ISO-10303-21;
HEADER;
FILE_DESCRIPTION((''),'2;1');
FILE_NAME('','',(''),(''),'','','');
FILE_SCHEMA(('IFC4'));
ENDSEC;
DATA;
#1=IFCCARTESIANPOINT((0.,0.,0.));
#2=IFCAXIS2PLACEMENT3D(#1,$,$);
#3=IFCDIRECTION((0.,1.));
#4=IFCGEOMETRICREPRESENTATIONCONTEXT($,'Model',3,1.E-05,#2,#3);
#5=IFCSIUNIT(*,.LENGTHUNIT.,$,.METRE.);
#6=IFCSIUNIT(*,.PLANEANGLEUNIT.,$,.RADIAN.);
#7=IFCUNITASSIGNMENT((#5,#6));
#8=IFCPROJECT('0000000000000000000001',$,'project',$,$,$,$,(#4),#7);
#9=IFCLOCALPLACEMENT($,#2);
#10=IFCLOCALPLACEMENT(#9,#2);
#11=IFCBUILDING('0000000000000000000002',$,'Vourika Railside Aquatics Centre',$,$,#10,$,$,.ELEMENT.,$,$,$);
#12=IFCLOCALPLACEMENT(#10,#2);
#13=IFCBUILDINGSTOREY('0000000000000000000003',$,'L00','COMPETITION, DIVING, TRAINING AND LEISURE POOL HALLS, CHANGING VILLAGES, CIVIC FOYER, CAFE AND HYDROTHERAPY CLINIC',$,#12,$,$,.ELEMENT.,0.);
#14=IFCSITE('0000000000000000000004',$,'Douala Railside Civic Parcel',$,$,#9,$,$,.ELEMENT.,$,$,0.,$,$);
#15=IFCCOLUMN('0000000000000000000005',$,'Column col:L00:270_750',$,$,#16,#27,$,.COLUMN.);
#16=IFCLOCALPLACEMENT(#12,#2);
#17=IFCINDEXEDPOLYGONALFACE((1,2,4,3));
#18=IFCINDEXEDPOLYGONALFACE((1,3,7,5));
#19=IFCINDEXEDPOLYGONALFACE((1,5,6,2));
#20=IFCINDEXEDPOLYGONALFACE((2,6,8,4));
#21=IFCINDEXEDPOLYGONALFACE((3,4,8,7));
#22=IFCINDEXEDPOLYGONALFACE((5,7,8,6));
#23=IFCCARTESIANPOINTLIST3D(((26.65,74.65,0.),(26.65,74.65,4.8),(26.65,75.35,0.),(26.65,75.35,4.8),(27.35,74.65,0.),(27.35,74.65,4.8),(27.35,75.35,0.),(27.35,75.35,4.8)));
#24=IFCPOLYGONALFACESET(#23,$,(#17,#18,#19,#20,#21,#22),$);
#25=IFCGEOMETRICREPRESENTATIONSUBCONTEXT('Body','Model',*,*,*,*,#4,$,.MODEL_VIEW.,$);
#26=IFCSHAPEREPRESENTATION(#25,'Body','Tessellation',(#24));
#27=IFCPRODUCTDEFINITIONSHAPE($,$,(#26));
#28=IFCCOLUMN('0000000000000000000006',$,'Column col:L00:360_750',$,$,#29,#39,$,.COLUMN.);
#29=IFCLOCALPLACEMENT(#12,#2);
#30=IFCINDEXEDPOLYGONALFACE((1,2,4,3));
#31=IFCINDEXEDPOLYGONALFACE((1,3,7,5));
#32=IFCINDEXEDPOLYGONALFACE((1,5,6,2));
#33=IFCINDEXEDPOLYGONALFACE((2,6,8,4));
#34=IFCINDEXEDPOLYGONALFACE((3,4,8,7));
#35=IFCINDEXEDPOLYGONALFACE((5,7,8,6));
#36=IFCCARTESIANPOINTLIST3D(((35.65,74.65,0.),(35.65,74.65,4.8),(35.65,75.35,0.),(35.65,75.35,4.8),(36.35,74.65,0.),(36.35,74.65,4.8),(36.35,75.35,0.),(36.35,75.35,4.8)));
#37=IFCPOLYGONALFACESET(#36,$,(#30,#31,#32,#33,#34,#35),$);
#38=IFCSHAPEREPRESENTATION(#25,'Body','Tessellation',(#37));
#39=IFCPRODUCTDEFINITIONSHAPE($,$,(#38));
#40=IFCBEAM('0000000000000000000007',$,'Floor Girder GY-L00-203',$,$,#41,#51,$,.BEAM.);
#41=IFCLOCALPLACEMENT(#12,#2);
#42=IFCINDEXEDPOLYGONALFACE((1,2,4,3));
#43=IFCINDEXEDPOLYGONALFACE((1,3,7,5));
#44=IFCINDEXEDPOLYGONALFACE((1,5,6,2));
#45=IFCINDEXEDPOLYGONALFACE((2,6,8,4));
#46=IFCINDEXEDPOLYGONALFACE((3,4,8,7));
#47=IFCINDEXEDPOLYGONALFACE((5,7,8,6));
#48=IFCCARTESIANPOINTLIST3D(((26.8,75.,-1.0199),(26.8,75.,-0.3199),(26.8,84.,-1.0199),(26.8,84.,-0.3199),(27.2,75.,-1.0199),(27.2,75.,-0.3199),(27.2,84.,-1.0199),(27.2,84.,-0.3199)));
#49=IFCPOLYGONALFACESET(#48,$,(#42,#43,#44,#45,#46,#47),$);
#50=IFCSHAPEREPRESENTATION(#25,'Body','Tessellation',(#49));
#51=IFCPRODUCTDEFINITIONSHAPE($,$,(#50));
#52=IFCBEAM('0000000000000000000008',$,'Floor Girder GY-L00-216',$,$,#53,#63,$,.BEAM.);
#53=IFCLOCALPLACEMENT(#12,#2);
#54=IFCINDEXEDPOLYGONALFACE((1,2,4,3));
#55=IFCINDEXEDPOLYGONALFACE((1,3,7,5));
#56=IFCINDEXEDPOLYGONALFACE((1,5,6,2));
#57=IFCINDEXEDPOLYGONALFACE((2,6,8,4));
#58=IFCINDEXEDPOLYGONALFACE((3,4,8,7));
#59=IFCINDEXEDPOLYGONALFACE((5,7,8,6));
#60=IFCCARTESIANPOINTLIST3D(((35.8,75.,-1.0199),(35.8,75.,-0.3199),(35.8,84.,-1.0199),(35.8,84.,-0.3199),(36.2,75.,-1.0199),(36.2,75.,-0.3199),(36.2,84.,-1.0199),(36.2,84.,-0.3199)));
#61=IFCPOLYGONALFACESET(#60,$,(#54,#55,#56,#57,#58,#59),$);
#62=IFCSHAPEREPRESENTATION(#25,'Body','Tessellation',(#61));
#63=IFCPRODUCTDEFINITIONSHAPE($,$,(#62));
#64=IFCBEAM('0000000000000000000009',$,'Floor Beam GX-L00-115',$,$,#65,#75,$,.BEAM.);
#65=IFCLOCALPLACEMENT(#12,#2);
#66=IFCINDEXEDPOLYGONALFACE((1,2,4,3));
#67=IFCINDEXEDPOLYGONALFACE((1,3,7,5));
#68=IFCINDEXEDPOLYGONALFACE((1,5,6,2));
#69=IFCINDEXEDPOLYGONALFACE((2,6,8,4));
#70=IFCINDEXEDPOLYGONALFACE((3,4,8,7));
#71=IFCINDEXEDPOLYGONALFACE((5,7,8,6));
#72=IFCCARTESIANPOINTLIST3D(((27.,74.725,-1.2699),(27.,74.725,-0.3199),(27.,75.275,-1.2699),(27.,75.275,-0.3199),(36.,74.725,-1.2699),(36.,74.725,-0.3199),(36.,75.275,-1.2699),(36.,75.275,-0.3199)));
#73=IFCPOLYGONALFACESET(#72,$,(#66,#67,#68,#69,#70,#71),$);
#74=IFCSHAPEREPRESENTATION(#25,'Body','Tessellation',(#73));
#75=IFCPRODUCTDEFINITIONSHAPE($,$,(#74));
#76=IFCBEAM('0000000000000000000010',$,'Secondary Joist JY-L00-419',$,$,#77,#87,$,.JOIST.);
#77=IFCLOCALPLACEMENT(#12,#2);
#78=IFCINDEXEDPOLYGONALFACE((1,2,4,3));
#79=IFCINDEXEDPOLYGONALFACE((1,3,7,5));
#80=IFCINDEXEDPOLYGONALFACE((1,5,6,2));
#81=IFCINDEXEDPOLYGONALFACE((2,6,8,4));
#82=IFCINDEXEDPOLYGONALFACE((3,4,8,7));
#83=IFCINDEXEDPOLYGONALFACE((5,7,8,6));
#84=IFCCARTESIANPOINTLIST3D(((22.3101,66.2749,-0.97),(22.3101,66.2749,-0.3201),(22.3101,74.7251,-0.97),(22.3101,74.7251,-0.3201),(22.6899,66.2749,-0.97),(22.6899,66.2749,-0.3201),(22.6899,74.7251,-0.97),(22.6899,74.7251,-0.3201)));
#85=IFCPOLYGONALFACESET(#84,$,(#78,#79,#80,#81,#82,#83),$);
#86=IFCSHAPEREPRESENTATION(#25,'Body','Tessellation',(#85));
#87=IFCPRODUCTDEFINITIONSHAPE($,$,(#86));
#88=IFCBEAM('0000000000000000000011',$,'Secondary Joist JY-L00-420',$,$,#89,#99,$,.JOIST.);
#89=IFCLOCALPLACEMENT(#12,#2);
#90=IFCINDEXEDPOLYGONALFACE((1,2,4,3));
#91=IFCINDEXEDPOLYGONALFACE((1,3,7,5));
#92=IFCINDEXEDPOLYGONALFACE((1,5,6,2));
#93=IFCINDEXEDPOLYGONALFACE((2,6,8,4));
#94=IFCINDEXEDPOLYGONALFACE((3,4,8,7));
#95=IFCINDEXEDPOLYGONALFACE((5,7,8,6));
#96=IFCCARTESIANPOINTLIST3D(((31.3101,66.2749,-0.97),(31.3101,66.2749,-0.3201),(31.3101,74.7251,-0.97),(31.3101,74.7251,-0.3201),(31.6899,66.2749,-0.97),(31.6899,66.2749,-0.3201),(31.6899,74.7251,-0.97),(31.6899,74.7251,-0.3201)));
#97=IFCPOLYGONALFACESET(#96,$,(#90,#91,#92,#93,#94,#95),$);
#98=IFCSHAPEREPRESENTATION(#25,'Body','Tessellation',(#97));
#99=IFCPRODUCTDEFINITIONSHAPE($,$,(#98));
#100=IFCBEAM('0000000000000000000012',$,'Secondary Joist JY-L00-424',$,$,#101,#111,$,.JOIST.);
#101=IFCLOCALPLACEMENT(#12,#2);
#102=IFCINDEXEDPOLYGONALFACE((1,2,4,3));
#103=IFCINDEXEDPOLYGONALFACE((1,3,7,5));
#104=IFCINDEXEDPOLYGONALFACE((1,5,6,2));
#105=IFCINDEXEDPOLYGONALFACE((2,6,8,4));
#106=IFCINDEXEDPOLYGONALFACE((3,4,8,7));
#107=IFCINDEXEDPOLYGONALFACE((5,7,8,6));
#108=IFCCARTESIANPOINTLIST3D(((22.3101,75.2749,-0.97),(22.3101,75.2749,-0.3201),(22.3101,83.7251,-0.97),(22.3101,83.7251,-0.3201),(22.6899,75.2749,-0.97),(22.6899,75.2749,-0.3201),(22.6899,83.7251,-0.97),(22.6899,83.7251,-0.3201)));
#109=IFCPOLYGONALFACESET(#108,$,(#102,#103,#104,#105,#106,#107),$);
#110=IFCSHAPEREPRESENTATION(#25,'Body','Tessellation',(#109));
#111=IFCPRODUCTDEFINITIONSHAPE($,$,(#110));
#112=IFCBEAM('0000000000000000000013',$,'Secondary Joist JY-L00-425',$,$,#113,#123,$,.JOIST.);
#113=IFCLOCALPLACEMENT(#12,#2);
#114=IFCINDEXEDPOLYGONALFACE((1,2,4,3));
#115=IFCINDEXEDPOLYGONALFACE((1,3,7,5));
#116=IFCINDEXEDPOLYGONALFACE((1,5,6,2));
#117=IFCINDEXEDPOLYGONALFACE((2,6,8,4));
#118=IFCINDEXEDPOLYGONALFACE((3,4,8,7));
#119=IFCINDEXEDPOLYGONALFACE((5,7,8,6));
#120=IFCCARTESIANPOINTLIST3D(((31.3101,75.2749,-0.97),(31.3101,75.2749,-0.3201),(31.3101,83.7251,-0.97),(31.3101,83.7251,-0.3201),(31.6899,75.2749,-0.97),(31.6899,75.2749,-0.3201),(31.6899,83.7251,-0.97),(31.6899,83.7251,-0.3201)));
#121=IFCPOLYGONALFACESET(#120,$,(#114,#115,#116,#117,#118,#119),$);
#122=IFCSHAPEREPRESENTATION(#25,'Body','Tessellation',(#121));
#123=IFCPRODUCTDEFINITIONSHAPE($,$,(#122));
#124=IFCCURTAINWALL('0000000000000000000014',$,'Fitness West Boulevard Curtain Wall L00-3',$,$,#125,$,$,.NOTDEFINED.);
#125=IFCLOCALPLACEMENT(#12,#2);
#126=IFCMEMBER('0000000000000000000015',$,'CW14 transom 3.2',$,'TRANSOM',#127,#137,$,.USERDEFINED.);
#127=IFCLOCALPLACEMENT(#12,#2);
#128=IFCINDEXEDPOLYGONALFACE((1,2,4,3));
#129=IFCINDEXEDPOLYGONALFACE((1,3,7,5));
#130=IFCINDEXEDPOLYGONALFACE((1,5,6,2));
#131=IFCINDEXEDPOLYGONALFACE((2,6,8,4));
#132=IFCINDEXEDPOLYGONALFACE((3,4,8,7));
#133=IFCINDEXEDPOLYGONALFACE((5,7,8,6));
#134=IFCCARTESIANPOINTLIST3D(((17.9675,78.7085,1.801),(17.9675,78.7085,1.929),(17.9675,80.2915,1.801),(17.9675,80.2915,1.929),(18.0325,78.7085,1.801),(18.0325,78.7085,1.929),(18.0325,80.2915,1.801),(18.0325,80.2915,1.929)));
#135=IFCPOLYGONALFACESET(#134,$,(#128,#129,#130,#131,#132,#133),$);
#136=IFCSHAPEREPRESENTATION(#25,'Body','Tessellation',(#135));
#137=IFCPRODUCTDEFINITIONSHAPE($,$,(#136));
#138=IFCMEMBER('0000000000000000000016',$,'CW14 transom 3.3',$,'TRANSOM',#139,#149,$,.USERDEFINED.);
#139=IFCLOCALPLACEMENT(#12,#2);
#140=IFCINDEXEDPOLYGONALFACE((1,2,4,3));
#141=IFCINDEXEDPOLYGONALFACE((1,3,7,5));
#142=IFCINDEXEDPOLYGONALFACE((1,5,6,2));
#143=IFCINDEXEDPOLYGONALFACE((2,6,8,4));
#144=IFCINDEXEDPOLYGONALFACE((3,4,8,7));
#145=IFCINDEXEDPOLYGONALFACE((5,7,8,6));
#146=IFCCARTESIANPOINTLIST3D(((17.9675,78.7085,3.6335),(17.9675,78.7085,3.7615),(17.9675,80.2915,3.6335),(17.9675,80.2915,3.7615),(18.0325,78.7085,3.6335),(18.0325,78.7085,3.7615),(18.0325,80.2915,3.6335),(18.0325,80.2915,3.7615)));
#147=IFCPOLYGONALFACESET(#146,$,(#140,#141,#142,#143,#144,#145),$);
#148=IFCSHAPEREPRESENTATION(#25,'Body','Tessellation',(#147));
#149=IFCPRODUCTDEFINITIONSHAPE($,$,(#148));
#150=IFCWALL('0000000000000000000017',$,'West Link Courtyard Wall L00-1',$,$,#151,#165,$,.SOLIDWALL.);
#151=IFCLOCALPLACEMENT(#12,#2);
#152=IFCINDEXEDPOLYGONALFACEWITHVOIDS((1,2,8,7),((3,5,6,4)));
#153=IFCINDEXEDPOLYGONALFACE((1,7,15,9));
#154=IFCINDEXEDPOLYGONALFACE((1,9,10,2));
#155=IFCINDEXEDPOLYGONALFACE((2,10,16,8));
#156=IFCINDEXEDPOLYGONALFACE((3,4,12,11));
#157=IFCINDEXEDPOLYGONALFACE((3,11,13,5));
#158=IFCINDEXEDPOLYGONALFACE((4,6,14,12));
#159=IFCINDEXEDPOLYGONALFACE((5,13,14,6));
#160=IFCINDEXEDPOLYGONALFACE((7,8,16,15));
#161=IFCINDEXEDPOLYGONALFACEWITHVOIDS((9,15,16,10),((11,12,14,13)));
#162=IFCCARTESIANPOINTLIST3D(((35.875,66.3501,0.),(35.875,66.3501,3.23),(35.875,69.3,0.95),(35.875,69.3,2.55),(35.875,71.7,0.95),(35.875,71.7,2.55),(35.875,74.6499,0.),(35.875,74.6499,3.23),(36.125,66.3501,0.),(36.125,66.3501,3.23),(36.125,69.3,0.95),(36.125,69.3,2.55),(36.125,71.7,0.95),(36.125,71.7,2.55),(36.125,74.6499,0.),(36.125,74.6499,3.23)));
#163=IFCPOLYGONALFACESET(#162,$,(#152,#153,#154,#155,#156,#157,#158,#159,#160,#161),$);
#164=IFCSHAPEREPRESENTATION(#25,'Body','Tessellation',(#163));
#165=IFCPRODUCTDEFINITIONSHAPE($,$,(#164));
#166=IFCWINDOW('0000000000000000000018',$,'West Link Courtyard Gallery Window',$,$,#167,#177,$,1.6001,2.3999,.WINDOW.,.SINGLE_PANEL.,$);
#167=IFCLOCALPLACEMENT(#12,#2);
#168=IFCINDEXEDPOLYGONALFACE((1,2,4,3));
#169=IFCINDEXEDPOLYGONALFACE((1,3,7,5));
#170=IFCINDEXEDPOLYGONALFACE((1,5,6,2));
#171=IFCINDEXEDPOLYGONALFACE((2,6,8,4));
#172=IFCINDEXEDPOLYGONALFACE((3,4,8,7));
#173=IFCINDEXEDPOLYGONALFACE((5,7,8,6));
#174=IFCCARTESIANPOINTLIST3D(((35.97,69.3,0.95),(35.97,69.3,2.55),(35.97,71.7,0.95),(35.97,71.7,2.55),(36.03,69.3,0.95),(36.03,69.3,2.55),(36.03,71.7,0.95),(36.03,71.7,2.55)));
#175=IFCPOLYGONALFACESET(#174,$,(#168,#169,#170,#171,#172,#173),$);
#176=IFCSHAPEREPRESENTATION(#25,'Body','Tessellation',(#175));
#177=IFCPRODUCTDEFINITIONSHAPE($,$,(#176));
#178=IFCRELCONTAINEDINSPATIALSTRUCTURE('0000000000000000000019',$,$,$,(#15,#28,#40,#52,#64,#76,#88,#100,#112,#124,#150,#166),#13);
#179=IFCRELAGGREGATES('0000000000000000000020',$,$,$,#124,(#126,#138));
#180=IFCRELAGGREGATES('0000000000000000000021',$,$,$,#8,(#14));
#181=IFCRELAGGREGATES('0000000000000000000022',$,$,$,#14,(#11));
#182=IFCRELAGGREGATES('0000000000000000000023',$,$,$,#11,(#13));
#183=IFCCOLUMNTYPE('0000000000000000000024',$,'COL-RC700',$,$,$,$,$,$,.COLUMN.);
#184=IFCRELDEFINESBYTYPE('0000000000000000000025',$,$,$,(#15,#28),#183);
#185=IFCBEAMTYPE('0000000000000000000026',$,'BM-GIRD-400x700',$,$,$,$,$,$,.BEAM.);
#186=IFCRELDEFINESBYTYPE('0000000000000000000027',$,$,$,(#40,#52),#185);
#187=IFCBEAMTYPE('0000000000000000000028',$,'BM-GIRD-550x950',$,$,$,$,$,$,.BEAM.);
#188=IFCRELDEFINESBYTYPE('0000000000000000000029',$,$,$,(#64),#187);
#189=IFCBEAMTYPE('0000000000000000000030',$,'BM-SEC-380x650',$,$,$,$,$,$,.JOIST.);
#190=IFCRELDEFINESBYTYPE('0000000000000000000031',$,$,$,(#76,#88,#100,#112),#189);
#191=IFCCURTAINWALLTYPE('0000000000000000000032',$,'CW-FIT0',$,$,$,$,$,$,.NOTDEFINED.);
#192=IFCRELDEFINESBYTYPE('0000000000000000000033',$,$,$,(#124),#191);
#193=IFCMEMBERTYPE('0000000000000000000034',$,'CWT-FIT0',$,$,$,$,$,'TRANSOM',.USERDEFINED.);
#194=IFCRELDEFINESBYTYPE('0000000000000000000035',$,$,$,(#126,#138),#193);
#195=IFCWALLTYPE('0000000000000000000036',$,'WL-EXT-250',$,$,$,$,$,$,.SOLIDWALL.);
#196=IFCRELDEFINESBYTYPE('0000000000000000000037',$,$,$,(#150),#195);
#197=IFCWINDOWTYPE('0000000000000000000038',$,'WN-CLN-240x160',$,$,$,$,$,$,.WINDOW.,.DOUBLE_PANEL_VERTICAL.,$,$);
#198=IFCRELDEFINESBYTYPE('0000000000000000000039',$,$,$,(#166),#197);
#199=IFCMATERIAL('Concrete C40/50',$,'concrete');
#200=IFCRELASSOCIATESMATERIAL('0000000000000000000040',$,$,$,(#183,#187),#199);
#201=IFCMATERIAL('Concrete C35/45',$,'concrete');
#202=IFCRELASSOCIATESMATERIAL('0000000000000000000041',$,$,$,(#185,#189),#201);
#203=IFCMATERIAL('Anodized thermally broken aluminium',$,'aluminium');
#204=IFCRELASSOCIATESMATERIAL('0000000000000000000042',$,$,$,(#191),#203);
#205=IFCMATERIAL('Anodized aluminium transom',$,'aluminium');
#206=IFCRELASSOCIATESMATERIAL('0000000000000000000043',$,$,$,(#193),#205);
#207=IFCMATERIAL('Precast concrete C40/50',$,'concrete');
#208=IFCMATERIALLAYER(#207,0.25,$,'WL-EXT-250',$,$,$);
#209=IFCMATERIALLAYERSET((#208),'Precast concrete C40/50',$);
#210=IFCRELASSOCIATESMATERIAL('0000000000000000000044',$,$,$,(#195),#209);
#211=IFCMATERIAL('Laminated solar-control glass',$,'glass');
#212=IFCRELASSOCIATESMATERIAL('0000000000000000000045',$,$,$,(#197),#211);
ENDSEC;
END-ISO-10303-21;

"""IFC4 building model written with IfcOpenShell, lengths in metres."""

from ifc_helpers import new_model, si_unit, direction, frame, frame_2d, origin, origin_2d, place, context, subcontext, project, spatial, rectangle, extrude, material, layer, layer_set, material_profile, profile_set, type_object, element, fill, aggregate, save


model = new_model("IFC4")

# Units and contexts
model_context = context("Model", 3, precision=1e-05, world=origin(), true_north=direction((0.0, 1.0)))
body_context = subcontext(model_context, "Body", "Model", "MODEL_VIEW")
ifc_project = project(units=[si_unit("LENGTHUNIT", "METRE"), si_unit("PLANEANGLEUNIT", "RADIAN")], contexts=[model_context])

# Site, building, storey
site_placement = place(None, origin())
site = spatial("IfcSite", under=ifc_project, at=site_placement, Name="Douala Railside Civic Parcel", CompositionType="ELEMENT", RefElevation=0.0)
building_placement = place(site_placement, origin())
building = spatial("IfcBuilding", under=site, at=building_placement, Name="Vourika Railside Aquatics Centre", CompositionType="ELEMENT")
storey_placement = place(building_placement, origin())
storey = spatial("IfcBuildingStorey", under=building, at=storey_placement, Name="L00", Description="COMPETITION, DIVING, TRAINING AND LEISURE POOL HALLS, CHANGING VILLAGES, CIVIC FOYER, CAFE AND HYDROTHERAPY CLINIC", CompositionType="ELEMENT", Elevation=0.0)

# Columns
ifc_material_1 = material(Name="Concrete C40/50", Category="concrete")
ifc_material_profile_1 = material_profile(ifc_material_1, rectangle(XDim=0.7, YDim=0.7, at=origin_2d()), Name="RC 700x700")
ifc_profile_set_1 = profile_set([ifc_material_profile_1], Name="Concrete C40/50")
column_type = type_object("IfcColumnType", Name="COL-RC700", PredefinedType="COLUMN", material=ifc_profile_set_1)
for number, where, z_axis, x_axis, name in (
    (1, (27.0, 75.0, 0.0), (0.0, 0.0, 1.0), (1.0, 0.0, 0.0), "Column col:L00:270_750"),
    (2, (36.0, 75.0, 0.0), (0.0, 0.0, 1.0), (1.0, 0.0, 0.0), "Column col:L00:360_750"),
):
    element("IfcColumn", number, at=place(storey_placement, frame(where, z_axis=z_axis, x_axis=x_axis)), inside=storey, type_object=column_type, Name=name, PredefinedType="COLUMN", context=body_context, shape_type="SweptSolid", body=[
        extrude(rectangle(XDim=0.7, YDim=0.7, at=origin_2d()), origin(), (0.0, 0.0, 1.0), 4.8),
    ])

# Beams
ifc_material_2 = material(Name="Concrete C35/45", Category="concrete")
ifc_material_profile_2 = material_profile(ifc_material_2, rectangle(XDim=0.3999, YDim=0.7, at=origin_2d()), Name="RC 400x700")
ifc_profile_set_2 = profile_set([ifc_material_profile_2], Name="Concrete C35/45")
beam_type_1 = type_object("IfcBeamType", Name="BM-GIRD-400x700", PredefinedType="BEAM", material=ifc_profile_set_2)
for number, where, z_axis, x_axis, name in (
    (3, (27.0, 75.0, -0.6699), (0.0, 1.0, 0.0), (-1.0, 0.0, 0.0), "Floor Girder GY-L00-203"),
    (4, (36.0, 75.0, -0.6699), (0.0, 1.0, 0.0), (-1.0, 0.0, 0.0), "Floor Girder GY-L00-216"),
):
    element("IfcBeam", number, at=place(storey_placement, frame(where, z_axis=z_axis, x_axis=x_axis)), inside=storey, type_object=beam_type_1, Name=name, PredefinedType="BEAM", context=body_context, shape_type="SweptSolid", body=[
        extrude(rectangle(XDim=0.3999, YDim=0.7, at=origin_2d()), origin(), (0.0, 0.0, 1.0), 9.0),
    ])
ifc_material_profile_3 = material_profile(ifc_material_1, rectangle(XDim=0.55, YDim=0.95, at=origin_2d()), Name="RC 550x950")
ifc_profile_set_3 = profile_set([ifc_material_profile_3], Name="Concrete C40/50")
beam_type_2 = type_object("IfcBeamType", Name="BM-GIRD-550x950", PredefinedType="BEAM", material=ifc_profile_set_3)
beam_placement = place(storey_placement, frame((27.0, 75.0, -0.7949), z_axis=(1.0, 0.0, 0.0), x_axis=(0.0, 1.0, 0.0)))
element("IfcBeam", 5, at=beam_placement, inside=storey, type_object=beam_type_2, Name="Floor Beam GX-L00-115", PredefinedType="BEAM", context=body_context, shape_type="SweptSolid", body=[
    extrude(rectangle(XDim=0.55, YDim=0.95, at=origin_2d()), origin(), (0.0, 0.0, 1.0), 9.0),
])
ifc_material_profile_4 = material_profile(ifc_material_2, rectangle(XDim=0.3799, YDim=0.6499, at=origin_2d()), Name="RC 380x650")
ifc_profile_set_4 = profile_set([ifc_material_profile_4], Name="Concrete C35/45")
beam_type_3 = type_object("IfcBeamType", Name="BM-SEC-380x650", PredefinedType="JOIST", material=ifc_profile_set_4)
for number, where, z_axis, x_axis, name in (
    (6, (22.5, 66.2749, -0.645), (0.0, 1.0, 0.0), (-1.0, 0.0, 0.0), "Secondary Joist JY-L00-419"),
    (7, (31.5, 66.2749, -0.645), (0.0, 1.0, 0.0), (-1.0, 0.0, 0.0), "Secondary Joist JY-L00-420"),
    (8, (22.5, 75.2749, -0.645), (0.0, 1.0, 0.0), (-1.0, 0.0, 0.0), "Secondary Joist JY-L00-424"),
    (9, (31.5, 75.2749, -0.645), (0.0, 1.0, 0.0), (-1.0, 0.0, 0.0), "Secondary Joist JY-L00-425"),
):
    element("IfcBeam", number, at=place(storey_placement, frame(where, z_axis=z_axis, x_axis=x_axis)), inside=storey, type_object=beam_type_3, Name=name, PredefinedType="JOIST", context=body_context, shape_type="SweptSolid", body=[
        extrude(rectangle(XDim=0.3799, YDim=0.6499, at=origin_2d()), origin(), (0.0, 0.0, 1.0), 8.4502),
    ])

# Curtain wall, members
ifc_material_3 = material(Name="Anodized thermally broken aluminium", Category="aluminium")
curtain_wall_type = type_object("IfcCurtainWallType", Name="CW-FIT0", PredefinedType="NOTDEFINED", material=ifc_material_3)
curtain_wall_placement = place(storey_placement, origin())
curtain_wall = element("IfcCurtainWall", 10, at=curtain_wall_placement, inside=storey, type_object=curtain_wall_type, Name="Fitness West Boulevard Curtain Wall L00-3", PredefinedType="NOTDEFINED")
ifc_material_4 = material(Name="Anodized aluminium transom", Category="aluminium")
ifc_material_profile_5 = material_profile(ifc_material_4, rectangle(XDim=0.0649, YDim=0.1279, at=origin_2d()), Name="ALU-T 65x128")
ifc_profile_set_5 = profile_set([ifc_material_profile_5], Name="Anodized aluminium transom")
member_type = type_object("IfcMemberType", Name="CWT-FIT0", ElementType="TRANSOM", PredefinedType="USERDEFINED", material=ifc_profile_set_5)
member_1_placement = place(storey_placement, frame((18.0, 80.2915, 1.865), z_axis=(0.0, -1.0, 0.0), x_axis=(1.0, 0.0, 0.0)))
member_1 = element("IfcMember", 11, at=member_1_placement, type_object=member_type, Name="CW14 transom 3.2", ObjectType="TRANSOM", PredefinedType="USERDEFINED", context=body_context, shape_type="SweptSolid", body=[
    extrude(rectangle(XDim=0.0649, YDim=0.1279, at=origin_2d()), origin(), (0.0, 0.0, 1.0), 1.583),
])
member_2_placement = place(storey_placement, frame((18.0, 80.2915, 3.6975), z_axis=(0.0, -1.0, 0.0), x_axis=(1.0, 0.0, 0.0)))
member_2 = element("IfcMember", 12, at=member_2_placement, type_object=member_type, Name="CW14 transom 3.3", ObjectType="TRANSOM", PredefinedType="USERDEFINED", context=body_context, shape_type="SweptSolid", body=[
    extrude(rectangle(XDim=0.0649, YDim=0.1279, at=origin_2d()), origin(), (0.0, 0.0, 1.0), 1.583),
])
aggregate(curtain_wall, [member_1, member_2])

# Wall, opening, window
ifc_material_5 = material(Name="Precast concrete C40/50", Category="concrete")
ifc_layer_1 = layer(ifc_material_5, 0.25, Name="WL-EXT-250")
ifc_layer_set_1 = layer_set([ifc_layer_1], Name="Precast concrete C40/50")
wall_type_1 = type_object("IfcWallType", Name="WL-EXT-250", PredefinedType="SOLIDWALL", material=ifc_layer_set_1)
wall_1_placement = place(storey_placement, frame((36.0, 66.3501, 0.0), z_axis=(0.0, 0.0, 1.0), x_axis=(0.0, 1.0, 0.0)))
wall_1 = element("IfcWall", 13, at=wall_1_placement, inside=storey, type_object=wall_type_1, Name="West Link Courtyard Wall L00-1", PredefinedType="SOLIDWALL", context=body_context, shape_type="SweptSolid", body=[
    extrude(rectangle(XDim=8.2998, YDim=0.25, at=frame_2d((4.1499, 0.0))), origin(), (0.0, 0.0, 1.0), 3.23),
])
opening_1_placement = place(wall_1_placement, frame((2.95, 0.0, 0.95)))
opening_1 = element("IfcOpeningElement", 14, at=opening_1_placement, cuts=wall_1, PredefinedType="OPENING", context=body_context, shape_type="SweptSolid", body=[
    extrude(rectangle(XDim=2.3999, YDim=1.6001, at=frame_2d((1.2, 0.8))), frame((0.0, 0.135, 0.0), z_axis=(0.0, -1.0, 0.0), x_axis=(1.0, 0.0, 0.0)), (0.0, 0.0, 1.0), 0.27),
])
ifc_material_6 = material(Name="Laminated solar-control glass", Category="glass")
window_type_1 = type_object("IfcWindowType", Name="WN-CLN-240x160", PartitioningType="DOUBLE_PANEL_VERTICAL", PredefinedType="WINDOW", material=ifc_material_6)
window_1_placement = place(opening_1_placement, origin())
window_1 = element("IfcWindow", 15, at=window_1_placement, inside=storey, type_object=window_type_1, Name="West Link Courtyard Gallery Window", OverallHeight=1.6001, OverallWidth=2.3999, PartitioningType="SINGLE_PANEL", PredefinedType="WINDOW", context=body_context, shape_type="SweptSolid", body=[
    extrude(rectangle(XDim=2.3999, YDim=1.6001, at=frame_2d((1.2, 0.8))), frame((0.0, 0.03, 0.0), z_axis=(0.0, -1.0, 0.0), x_axis=(1.0, 0.0, 0.0)), (0.0, 0.0, 1.0), 0.0601),
])
fill(opening_1, window_1)

save(model, "model.ifc")
